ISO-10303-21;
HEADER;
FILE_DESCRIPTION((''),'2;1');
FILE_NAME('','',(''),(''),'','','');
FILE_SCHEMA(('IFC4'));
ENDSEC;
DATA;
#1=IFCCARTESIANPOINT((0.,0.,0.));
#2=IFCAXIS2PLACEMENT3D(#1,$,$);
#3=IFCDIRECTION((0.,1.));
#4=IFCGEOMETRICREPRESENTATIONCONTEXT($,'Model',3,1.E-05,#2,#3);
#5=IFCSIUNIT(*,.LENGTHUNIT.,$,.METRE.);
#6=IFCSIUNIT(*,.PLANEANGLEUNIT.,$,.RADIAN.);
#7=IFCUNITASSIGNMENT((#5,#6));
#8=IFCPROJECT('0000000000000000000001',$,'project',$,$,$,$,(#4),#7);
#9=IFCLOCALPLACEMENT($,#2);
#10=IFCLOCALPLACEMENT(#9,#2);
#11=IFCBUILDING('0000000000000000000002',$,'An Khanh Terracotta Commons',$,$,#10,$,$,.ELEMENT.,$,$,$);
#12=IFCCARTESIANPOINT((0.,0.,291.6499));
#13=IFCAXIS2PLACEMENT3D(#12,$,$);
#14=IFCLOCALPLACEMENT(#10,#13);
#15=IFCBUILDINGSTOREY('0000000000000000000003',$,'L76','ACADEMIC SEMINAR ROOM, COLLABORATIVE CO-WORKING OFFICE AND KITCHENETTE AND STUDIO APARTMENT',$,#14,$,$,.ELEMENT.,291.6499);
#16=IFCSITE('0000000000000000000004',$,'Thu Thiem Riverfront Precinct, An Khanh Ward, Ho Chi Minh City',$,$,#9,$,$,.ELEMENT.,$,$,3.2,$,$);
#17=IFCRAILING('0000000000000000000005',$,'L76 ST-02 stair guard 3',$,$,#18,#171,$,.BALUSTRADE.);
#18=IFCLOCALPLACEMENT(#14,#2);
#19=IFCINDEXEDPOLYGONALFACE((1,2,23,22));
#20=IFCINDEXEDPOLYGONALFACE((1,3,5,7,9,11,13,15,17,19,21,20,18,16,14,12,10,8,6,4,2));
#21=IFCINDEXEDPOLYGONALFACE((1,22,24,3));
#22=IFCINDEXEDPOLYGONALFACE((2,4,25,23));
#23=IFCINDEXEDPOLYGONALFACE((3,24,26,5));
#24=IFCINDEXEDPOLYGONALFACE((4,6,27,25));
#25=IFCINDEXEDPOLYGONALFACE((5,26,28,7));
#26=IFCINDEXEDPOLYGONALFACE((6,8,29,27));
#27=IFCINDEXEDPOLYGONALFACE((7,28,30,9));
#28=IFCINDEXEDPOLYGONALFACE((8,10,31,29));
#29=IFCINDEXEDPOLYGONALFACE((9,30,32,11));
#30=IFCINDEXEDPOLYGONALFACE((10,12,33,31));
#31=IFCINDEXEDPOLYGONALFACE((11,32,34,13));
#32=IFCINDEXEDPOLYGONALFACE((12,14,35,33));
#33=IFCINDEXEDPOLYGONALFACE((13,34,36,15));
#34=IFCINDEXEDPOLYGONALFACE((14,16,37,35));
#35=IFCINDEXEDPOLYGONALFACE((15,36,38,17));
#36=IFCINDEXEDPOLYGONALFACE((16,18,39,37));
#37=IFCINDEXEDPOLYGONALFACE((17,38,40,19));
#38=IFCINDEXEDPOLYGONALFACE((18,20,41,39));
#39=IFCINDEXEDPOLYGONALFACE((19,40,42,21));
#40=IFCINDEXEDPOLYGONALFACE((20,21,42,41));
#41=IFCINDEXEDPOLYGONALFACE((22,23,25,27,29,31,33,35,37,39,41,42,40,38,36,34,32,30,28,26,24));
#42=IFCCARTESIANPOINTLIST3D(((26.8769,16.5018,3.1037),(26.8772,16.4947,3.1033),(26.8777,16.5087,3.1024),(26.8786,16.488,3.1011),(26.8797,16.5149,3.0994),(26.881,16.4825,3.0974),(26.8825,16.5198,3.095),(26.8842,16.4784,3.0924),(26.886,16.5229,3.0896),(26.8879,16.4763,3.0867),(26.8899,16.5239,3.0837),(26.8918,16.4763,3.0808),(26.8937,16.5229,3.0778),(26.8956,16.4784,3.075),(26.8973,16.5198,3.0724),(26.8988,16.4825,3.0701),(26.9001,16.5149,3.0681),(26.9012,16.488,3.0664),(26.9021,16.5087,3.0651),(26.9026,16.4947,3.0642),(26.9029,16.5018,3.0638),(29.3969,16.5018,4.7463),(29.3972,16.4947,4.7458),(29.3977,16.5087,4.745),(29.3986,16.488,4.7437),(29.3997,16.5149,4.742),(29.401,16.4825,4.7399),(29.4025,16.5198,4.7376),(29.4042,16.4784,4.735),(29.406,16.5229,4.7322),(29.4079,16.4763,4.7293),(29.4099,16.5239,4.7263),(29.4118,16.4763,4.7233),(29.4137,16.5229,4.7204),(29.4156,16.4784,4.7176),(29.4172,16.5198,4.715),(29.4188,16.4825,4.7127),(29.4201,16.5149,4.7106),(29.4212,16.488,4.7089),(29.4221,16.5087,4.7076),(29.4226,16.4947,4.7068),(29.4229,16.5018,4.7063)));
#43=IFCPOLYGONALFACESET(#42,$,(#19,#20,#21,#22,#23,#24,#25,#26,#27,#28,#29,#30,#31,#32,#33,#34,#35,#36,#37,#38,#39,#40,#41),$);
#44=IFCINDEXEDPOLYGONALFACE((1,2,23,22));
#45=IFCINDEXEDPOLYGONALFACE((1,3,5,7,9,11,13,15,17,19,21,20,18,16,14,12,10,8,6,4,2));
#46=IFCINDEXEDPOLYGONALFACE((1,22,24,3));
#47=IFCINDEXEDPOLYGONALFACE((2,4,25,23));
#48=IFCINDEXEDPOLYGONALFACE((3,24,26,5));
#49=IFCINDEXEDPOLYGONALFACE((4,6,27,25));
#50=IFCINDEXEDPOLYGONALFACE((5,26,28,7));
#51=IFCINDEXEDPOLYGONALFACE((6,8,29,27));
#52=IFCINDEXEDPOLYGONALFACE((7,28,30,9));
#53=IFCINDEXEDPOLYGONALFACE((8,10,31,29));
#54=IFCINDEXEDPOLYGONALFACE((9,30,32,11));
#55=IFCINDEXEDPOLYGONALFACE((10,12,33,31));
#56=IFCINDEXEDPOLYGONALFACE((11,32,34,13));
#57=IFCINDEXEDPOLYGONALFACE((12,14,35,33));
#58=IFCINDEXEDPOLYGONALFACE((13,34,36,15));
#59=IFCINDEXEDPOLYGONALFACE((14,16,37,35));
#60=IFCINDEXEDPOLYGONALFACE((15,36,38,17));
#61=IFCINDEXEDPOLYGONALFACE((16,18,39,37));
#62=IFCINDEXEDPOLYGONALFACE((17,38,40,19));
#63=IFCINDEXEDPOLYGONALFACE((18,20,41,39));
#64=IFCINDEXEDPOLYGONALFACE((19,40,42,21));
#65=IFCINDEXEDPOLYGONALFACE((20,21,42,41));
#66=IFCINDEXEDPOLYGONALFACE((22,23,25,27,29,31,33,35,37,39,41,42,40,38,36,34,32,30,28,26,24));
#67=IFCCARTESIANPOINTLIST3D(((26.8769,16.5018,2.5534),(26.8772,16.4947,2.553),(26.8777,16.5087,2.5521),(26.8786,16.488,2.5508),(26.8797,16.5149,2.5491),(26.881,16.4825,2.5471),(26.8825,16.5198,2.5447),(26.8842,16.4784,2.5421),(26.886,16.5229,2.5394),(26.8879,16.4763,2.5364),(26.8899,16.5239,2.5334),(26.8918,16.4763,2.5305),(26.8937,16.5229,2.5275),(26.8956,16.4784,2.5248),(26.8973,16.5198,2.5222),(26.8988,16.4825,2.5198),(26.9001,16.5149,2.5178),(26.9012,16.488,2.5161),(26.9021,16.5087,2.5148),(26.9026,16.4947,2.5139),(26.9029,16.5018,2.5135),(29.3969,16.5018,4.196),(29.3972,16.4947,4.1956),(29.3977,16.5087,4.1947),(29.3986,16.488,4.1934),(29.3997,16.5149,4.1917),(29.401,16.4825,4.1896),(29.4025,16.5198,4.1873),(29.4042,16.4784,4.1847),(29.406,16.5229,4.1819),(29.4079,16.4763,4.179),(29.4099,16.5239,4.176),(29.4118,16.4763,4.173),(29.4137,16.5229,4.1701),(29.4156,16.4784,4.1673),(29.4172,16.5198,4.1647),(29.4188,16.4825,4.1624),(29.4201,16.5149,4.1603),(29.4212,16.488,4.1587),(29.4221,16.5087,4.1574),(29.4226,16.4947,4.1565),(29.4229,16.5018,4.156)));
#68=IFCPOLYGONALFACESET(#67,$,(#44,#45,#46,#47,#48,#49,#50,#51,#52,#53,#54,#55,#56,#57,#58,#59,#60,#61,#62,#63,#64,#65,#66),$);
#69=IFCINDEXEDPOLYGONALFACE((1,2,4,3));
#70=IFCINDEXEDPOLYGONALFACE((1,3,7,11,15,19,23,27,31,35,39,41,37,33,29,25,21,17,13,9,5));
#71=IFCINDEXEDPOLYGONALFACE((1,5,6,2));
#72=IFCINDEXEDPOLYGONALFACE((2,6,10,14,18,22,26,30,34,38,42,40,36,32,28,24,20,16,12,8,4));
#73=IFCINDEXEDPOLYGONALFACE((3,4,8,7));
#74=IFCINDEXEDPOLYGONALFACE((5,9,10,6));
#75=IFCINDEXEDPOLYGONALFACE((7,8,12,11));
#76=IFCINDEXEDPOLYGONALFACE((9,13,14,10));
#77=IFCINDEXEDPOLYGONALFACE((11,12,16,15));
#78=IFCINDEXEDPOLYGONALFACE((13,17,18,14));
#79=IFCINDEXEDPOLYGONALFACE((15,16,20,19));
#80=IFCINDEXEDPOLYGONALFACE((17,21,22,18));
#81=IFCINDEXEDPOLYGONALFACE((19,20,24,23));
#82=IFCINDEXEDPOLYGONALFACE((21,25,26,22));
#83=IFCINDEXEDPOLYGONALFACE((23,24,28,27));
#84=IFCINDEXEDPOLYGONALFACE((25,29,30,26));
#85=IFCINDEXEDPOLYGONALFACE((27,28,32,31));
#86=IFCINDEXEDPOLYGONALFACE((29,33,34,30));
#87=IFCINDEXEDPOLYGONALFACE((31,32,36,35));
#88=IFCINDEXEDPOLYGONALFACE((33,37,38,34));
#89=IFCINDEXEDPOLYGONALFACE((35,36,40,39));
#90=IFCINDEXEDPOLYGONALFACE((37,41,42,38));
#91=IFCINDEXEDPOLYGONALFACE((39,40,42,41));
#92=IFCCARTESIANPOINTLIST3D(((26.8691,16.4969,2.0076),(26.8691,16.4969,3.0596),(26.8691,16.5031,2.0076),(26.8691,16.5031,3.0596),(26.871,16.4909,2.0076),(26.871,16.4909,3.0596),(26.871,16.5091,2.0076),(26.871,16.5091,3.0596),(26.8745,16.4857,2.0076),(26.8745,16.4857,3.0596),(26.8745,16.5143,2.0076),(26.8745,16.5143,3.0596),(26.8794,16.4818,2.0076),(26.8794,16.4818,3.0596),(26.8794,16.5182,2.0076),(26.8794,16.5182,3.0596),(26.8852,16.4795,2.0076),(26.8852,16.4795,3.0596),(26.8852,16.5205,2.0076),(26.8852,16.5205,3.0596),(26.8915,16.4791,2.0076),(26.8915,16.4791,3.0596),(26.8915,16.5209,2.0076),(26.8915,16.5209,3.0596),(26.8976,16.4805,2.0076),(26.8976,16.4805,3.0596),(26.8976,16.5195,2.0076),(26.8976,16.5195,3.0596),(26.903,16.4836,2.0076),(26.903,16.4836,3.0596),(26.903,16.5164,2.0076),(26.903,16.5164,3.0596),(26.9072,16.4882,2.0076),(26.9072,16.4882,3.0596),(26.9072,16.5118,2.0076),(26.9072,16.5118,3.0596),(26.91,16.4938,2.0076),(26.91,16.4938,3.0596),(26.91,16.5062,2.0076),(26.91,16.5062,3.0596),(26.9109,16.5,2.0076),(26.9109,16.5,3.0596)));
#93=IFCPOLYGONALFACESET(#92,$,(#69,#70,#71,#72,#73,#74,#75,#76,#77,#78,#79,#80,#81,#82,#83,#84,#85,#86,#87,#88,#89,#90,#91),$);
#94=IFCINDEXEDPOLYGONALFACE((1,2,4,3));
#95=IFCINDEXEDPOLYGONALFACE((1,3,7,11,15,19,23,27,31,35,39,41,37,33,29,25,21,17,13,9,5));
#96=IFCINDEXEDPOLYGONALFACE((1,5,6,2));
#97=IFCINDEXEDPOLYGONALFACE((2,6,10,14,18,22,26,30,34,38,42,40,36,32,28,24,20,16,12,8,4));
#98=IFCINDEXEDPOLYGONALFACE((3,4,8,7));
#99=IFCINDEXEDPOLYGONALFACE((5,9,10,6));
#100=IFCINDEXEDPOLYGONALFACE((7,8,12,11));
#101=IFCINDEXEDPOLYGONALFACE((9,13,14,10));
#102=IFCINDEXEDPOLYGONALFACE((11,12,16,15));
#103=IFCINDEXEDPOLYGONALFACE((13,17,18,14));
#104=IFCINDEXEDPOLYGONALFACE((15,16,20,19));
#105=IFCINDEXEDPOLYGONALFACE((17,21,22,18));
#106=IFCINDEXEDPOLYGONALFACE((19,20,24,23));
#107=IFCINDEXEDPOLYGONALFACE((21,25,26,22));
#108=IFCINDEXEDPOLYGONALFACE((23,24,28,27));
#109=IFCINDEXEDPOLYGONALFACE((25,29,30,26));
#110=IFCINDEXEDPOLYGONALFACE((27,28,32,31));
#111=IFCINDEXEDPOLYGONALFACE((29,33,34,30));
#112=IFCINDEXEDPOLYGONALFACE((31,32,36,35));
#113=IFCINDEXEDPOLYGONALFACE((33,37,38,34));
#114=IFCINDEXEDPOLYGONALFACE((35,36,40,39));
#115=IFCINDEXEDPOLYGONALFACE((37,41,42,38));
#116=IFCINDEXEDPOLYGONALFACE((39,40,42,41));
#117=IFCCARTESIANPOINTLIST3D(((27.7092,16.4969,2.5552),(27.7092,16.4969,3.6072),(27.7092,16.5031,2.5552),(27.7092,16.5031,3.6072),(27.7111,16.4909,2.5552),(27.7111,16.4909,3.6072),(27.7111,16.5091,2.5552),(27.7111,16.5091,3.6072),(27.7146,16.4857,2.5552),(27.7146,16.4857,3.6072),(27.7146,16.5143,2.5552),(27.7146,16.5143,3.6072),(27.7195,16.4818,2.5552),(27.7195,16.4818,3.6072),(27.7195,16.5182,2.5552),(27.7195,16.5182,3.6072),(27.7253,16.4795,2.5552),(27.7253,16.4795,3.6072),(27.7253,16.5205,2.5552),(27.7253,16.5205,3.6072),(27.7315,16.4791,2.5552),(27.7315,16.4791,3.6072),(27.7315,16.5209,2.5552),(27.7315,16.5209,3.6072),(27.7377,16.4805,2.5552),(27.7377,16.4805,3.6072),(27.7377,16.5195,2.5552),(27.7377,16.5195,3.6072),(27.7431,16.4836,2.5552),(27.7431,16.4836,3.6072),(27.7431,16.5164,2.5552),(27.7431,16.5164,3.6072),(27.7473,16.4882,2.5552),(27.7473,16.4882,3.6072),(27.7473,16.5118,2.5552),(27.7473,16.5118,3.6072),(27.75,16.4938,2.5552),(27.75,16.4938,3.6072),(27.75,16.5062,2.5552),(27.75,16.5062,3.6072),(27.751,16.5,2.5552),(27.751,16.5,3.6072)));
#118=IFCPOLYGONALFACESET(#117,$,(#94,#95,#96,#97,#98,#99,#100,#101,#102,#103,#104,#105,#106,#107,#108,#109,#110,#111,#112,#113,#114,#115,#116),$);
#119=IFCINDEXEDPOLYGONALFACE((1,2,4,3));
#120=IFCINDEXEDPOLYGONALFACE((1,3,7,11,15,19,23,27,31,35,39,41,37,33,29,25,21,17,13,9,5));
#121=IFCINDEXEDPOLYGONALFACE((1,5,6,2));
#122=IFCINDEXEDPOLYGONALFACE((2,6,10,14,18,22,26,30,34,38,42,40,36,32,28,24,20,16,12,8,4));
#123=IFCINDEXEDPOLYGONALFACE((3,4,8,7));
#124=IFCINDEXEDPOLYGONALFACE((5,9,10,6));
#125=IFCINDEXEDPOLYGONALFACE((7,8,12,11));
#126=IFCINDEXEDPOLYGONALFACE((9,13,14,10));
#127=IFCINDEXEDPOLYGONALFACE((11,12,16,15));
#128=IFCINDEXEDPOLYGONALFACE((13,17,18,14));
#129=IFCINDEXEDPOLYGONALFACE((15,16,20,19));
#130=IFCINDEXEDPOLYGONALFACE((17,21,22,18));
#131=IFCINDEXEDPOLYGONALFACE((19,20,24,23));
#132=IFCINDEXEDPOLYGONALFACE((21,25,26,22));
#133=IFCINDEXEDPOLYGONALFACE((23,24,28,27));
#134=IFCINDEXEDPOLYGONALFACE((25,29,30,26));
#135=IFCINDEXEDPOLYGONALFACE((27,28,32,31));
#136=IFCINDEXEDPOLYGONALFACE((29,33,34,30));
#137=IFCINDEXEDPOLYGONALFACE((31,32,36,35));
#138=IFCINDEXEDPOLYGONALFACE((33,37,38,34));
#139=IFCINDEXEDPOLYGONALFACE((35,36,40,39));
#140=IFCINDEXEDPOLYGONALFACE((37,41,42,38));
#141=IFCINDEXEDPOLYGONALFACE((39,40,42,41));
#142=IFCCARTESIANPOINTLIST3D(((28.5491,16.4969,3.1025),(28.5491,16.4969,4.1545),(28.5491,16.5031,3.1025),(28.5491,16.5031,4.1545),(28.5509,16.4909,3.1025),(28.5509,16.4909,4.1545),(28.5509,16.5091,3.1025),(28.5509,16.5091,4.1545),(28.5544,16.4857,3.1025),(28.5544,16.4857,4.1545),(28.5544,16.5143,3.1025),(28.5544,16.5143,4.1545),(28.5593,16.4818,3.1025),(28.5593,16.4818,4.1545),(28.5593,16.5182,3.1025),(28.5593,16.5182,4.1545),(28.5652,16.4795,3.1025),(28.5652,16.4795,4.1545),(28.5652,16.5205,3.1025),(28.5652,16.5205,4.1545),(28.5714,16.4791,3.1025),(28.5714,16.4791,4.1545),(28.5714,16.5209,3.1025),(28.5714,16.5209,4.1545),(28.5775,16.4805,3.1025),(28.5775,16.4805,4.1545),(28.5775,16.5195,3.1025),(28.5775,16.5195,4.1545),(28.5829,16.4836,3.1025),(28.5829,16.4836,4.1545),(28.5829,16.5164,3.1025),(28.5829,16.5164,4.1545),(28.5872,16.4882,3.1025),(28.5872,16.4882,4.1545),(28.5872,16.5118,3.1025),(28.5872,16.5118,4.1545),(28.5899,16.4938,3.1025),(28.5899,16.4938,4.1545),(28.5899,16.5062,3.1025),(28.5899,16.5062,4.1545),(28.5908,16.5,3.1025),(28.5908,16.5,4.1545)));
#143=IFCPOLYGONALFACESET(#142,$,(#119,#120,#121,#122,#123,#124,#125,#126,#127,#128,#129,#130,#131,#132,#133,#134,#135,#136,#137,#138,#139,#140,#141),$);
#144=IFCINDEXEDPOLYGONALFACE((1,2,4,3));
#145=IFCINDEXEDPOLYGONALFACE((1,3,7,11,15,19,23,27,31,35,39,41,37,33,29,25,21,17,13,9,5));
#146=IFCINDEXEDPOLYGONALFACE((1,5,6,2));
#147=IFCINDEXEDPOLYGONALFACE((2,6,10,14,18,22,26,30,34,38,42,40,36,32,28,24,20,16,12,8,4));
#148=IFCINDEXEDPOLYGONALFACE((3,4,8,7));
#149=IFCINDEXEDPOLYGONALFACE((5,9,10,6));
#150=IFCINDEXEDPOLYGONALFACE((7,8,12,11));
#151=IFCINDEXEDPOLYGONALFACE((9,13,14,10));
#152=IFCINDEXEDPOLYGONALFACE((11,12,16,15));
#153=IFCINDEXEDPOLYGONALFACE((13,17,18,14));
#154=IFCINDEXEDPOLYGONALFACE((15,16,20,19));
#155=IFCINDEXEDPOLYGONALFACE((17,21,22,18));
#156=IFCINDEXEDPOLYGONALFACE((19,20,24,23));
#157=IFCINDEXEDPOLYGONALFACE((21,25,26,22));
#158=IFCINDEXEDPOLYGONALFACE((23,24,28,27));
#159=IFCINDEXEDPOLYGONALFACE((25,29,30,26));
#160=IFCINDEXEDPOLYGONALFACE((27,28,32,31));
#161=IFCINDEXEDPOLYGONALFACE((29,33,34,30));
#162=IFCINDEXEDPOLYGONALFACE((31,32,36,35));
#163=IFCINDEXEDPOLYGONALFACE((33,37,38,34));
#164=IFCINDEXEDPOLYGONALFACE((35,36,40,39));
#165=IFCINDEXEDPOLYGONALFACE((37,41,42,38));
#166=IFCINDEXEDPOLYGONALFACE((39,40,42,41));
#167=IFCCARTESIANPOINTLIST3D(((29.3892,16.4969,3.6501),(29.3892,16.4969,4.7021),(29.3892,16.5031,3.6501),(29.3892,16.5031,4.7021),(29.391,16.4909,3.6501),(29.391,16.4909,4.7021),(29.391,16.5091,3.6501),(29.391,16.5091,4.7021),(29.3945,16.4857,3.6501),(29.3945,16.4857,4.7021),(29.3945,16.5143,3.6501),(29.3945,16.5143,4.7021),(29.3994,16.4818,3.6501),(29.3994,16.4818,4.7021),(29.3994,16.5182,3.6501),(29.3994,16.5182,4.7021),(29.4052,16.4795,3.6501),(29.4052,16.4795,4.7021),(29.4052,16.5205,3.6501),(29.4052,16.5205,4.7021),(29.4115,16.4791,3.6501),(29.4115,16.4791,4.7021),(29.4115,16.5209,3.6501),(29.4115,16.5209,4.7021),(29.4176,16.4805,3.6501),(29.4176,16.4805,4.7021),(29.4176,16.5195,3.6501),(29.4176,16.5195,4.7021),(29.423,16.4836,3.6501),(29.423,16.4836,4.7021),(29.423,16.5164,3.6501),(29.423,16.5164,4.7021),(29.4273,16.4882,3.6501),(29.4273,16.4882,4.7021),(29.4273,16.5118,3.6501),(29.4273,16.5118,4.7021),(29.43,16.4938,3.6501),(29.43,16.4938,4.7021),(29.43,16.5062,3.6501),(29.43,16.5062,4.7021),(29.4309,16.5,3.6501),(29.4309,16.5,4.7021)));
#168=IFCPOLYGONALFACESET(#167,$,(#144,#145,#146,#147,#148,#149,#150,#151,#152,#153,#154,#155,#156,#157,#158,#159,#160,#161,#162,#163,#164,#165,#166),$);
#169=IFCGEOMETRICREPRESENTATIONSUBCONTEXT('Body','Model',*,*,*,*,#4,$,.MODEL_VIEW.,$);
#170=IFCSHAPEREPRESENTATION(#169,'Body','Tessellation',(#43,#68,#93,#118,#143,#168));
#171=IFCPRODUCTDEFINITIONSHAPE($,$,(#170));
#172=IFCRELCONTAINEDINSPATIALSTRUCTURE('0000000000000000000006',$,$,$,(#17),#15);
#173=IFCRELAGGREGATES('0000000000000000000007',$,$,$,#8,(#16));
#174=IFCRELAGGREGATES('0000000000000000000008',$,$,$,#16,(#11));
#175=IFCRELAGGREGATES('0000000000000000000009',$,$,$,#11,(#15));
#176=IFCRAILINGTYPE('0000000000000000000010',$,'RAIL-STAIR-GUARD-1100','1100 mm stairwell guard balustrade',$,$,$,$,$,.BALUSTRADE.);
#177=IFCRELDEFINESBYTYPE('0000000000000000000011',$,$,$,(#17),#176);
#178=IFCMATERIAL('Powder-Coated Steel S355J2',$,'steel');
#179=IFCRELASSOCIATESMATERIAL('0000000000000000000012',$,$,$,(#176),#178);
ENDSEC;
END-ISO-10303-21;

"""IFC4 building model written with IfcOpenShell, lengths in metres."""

from ifc_helpers import new_model, si_unit, direction, frame, origin, origin_2d, place, context, subcontext, project, spatial, circle, extrude, material, type_object, element, save


model = new_model("IFC4")

# Units and contexts
model_context = context("Model", 3, precision=1e-05, world=origin(), true_north=direction((0.0, 1.0)))
body_context = subcontext(model_context, "Body", "Model", "MODEL_VIEW")
ifc_project = project(units=[si_unit("LENGTHUNIT", "METRE"), si_unit("PLANEANGLEUNIT", "RADIAN")], contexts=[model_context])

# Site, building, storey
site_placement = place(None, origin())
site = spatial("IfcSite", under=ifc_project, at=site_placement, Name="Thu Thiem Riverfront Precinct, An Khanh Ward, Ho Chi Minh City", CompositionType="ELEMENT", RefElevation=3.2)
building_placement = place(site_placement, origin())
building = spatial("IfcBuilding", under=site, at=building_placement, Name="An Khanh Terracotta Commons", CompositionType="ELEMENT")
storey_placement = place(building_placement, frame((0.0, 0.0, 291.6499)))
storey = spatial("IfcBuildingStorey", under=building, at=storey_placement, Name="L76", Description="ACADEMIC SEMINAR ROOM, COLLABORATIVE CO-WORKING OFFICE AND KITCHENETTE AND STUDIO APARTMENT", CompositionType="ELEMENT", Elevation=291.6499)

# Railing
ifc_material_1 = material(Name="Powder-Coated Steel S355J2", Category="steel")
railing_type_1 = type_object("IfcRailingType", Name="RAIL-STAIR-GUARD-1100", Description="1100 mm stairwell guard balustrade", PredefinedType="BALUSTRADE", material=ifc_material_1)
railing_1_placement = place(storey_placement, frame((26.8899, 16.5, 2.0076)))
element("IfcRailing", 1, at=railing_1_placement, inside=storey, type_object=railing_type_1, Name="L76 ST-02 stair guard 3", PredefinedType="BALUSTRADE", context=body_context, shape_type="SweptSolid", body=[
    extrude(circle(Radius=0.0239, at=origin_2d()), frame((0.0, 0.0, 1.0762), z_axis=(0.837749, 0.0, 0.546055), x_axis=(0.0, 1.0, 0.0)), (0.0, 0.0, 1.0), 3.0081),
    extrude(circle(Radius=0.0239, at=origin_2d()), frame((0.0, 0.0, 0.5259), z_axis=(0.837749, 0.0, 0.546055), x_axis=(0.0, 1.0, 0.0)), (0.0, 0.0, 1.0), 3.0081),
    extrude(circle(Radius=0.021, at=origin_2d()), origin(), (0.0, 0.0, 1.0), 1.052),
    extrude(circle(Radius=0.021, at=origin_2d()), frame((0.8401, 0.0, 0.5476)), (0.0, 0.0, 1.0), 1.052),
    extrude(circle(Radius=0.021, at=origin_2d()), frame((1.6799, 0.0, 1.095)), (0.0, 0.0, 1.0), 1.052),
    extrude(circle(Radius=0.021, at=origin_2d()), frame((2.52, 0.0, 1.6426)), (0.0, 0.0, 1.0), 1.052),
])

save(model, "model.ifc")
